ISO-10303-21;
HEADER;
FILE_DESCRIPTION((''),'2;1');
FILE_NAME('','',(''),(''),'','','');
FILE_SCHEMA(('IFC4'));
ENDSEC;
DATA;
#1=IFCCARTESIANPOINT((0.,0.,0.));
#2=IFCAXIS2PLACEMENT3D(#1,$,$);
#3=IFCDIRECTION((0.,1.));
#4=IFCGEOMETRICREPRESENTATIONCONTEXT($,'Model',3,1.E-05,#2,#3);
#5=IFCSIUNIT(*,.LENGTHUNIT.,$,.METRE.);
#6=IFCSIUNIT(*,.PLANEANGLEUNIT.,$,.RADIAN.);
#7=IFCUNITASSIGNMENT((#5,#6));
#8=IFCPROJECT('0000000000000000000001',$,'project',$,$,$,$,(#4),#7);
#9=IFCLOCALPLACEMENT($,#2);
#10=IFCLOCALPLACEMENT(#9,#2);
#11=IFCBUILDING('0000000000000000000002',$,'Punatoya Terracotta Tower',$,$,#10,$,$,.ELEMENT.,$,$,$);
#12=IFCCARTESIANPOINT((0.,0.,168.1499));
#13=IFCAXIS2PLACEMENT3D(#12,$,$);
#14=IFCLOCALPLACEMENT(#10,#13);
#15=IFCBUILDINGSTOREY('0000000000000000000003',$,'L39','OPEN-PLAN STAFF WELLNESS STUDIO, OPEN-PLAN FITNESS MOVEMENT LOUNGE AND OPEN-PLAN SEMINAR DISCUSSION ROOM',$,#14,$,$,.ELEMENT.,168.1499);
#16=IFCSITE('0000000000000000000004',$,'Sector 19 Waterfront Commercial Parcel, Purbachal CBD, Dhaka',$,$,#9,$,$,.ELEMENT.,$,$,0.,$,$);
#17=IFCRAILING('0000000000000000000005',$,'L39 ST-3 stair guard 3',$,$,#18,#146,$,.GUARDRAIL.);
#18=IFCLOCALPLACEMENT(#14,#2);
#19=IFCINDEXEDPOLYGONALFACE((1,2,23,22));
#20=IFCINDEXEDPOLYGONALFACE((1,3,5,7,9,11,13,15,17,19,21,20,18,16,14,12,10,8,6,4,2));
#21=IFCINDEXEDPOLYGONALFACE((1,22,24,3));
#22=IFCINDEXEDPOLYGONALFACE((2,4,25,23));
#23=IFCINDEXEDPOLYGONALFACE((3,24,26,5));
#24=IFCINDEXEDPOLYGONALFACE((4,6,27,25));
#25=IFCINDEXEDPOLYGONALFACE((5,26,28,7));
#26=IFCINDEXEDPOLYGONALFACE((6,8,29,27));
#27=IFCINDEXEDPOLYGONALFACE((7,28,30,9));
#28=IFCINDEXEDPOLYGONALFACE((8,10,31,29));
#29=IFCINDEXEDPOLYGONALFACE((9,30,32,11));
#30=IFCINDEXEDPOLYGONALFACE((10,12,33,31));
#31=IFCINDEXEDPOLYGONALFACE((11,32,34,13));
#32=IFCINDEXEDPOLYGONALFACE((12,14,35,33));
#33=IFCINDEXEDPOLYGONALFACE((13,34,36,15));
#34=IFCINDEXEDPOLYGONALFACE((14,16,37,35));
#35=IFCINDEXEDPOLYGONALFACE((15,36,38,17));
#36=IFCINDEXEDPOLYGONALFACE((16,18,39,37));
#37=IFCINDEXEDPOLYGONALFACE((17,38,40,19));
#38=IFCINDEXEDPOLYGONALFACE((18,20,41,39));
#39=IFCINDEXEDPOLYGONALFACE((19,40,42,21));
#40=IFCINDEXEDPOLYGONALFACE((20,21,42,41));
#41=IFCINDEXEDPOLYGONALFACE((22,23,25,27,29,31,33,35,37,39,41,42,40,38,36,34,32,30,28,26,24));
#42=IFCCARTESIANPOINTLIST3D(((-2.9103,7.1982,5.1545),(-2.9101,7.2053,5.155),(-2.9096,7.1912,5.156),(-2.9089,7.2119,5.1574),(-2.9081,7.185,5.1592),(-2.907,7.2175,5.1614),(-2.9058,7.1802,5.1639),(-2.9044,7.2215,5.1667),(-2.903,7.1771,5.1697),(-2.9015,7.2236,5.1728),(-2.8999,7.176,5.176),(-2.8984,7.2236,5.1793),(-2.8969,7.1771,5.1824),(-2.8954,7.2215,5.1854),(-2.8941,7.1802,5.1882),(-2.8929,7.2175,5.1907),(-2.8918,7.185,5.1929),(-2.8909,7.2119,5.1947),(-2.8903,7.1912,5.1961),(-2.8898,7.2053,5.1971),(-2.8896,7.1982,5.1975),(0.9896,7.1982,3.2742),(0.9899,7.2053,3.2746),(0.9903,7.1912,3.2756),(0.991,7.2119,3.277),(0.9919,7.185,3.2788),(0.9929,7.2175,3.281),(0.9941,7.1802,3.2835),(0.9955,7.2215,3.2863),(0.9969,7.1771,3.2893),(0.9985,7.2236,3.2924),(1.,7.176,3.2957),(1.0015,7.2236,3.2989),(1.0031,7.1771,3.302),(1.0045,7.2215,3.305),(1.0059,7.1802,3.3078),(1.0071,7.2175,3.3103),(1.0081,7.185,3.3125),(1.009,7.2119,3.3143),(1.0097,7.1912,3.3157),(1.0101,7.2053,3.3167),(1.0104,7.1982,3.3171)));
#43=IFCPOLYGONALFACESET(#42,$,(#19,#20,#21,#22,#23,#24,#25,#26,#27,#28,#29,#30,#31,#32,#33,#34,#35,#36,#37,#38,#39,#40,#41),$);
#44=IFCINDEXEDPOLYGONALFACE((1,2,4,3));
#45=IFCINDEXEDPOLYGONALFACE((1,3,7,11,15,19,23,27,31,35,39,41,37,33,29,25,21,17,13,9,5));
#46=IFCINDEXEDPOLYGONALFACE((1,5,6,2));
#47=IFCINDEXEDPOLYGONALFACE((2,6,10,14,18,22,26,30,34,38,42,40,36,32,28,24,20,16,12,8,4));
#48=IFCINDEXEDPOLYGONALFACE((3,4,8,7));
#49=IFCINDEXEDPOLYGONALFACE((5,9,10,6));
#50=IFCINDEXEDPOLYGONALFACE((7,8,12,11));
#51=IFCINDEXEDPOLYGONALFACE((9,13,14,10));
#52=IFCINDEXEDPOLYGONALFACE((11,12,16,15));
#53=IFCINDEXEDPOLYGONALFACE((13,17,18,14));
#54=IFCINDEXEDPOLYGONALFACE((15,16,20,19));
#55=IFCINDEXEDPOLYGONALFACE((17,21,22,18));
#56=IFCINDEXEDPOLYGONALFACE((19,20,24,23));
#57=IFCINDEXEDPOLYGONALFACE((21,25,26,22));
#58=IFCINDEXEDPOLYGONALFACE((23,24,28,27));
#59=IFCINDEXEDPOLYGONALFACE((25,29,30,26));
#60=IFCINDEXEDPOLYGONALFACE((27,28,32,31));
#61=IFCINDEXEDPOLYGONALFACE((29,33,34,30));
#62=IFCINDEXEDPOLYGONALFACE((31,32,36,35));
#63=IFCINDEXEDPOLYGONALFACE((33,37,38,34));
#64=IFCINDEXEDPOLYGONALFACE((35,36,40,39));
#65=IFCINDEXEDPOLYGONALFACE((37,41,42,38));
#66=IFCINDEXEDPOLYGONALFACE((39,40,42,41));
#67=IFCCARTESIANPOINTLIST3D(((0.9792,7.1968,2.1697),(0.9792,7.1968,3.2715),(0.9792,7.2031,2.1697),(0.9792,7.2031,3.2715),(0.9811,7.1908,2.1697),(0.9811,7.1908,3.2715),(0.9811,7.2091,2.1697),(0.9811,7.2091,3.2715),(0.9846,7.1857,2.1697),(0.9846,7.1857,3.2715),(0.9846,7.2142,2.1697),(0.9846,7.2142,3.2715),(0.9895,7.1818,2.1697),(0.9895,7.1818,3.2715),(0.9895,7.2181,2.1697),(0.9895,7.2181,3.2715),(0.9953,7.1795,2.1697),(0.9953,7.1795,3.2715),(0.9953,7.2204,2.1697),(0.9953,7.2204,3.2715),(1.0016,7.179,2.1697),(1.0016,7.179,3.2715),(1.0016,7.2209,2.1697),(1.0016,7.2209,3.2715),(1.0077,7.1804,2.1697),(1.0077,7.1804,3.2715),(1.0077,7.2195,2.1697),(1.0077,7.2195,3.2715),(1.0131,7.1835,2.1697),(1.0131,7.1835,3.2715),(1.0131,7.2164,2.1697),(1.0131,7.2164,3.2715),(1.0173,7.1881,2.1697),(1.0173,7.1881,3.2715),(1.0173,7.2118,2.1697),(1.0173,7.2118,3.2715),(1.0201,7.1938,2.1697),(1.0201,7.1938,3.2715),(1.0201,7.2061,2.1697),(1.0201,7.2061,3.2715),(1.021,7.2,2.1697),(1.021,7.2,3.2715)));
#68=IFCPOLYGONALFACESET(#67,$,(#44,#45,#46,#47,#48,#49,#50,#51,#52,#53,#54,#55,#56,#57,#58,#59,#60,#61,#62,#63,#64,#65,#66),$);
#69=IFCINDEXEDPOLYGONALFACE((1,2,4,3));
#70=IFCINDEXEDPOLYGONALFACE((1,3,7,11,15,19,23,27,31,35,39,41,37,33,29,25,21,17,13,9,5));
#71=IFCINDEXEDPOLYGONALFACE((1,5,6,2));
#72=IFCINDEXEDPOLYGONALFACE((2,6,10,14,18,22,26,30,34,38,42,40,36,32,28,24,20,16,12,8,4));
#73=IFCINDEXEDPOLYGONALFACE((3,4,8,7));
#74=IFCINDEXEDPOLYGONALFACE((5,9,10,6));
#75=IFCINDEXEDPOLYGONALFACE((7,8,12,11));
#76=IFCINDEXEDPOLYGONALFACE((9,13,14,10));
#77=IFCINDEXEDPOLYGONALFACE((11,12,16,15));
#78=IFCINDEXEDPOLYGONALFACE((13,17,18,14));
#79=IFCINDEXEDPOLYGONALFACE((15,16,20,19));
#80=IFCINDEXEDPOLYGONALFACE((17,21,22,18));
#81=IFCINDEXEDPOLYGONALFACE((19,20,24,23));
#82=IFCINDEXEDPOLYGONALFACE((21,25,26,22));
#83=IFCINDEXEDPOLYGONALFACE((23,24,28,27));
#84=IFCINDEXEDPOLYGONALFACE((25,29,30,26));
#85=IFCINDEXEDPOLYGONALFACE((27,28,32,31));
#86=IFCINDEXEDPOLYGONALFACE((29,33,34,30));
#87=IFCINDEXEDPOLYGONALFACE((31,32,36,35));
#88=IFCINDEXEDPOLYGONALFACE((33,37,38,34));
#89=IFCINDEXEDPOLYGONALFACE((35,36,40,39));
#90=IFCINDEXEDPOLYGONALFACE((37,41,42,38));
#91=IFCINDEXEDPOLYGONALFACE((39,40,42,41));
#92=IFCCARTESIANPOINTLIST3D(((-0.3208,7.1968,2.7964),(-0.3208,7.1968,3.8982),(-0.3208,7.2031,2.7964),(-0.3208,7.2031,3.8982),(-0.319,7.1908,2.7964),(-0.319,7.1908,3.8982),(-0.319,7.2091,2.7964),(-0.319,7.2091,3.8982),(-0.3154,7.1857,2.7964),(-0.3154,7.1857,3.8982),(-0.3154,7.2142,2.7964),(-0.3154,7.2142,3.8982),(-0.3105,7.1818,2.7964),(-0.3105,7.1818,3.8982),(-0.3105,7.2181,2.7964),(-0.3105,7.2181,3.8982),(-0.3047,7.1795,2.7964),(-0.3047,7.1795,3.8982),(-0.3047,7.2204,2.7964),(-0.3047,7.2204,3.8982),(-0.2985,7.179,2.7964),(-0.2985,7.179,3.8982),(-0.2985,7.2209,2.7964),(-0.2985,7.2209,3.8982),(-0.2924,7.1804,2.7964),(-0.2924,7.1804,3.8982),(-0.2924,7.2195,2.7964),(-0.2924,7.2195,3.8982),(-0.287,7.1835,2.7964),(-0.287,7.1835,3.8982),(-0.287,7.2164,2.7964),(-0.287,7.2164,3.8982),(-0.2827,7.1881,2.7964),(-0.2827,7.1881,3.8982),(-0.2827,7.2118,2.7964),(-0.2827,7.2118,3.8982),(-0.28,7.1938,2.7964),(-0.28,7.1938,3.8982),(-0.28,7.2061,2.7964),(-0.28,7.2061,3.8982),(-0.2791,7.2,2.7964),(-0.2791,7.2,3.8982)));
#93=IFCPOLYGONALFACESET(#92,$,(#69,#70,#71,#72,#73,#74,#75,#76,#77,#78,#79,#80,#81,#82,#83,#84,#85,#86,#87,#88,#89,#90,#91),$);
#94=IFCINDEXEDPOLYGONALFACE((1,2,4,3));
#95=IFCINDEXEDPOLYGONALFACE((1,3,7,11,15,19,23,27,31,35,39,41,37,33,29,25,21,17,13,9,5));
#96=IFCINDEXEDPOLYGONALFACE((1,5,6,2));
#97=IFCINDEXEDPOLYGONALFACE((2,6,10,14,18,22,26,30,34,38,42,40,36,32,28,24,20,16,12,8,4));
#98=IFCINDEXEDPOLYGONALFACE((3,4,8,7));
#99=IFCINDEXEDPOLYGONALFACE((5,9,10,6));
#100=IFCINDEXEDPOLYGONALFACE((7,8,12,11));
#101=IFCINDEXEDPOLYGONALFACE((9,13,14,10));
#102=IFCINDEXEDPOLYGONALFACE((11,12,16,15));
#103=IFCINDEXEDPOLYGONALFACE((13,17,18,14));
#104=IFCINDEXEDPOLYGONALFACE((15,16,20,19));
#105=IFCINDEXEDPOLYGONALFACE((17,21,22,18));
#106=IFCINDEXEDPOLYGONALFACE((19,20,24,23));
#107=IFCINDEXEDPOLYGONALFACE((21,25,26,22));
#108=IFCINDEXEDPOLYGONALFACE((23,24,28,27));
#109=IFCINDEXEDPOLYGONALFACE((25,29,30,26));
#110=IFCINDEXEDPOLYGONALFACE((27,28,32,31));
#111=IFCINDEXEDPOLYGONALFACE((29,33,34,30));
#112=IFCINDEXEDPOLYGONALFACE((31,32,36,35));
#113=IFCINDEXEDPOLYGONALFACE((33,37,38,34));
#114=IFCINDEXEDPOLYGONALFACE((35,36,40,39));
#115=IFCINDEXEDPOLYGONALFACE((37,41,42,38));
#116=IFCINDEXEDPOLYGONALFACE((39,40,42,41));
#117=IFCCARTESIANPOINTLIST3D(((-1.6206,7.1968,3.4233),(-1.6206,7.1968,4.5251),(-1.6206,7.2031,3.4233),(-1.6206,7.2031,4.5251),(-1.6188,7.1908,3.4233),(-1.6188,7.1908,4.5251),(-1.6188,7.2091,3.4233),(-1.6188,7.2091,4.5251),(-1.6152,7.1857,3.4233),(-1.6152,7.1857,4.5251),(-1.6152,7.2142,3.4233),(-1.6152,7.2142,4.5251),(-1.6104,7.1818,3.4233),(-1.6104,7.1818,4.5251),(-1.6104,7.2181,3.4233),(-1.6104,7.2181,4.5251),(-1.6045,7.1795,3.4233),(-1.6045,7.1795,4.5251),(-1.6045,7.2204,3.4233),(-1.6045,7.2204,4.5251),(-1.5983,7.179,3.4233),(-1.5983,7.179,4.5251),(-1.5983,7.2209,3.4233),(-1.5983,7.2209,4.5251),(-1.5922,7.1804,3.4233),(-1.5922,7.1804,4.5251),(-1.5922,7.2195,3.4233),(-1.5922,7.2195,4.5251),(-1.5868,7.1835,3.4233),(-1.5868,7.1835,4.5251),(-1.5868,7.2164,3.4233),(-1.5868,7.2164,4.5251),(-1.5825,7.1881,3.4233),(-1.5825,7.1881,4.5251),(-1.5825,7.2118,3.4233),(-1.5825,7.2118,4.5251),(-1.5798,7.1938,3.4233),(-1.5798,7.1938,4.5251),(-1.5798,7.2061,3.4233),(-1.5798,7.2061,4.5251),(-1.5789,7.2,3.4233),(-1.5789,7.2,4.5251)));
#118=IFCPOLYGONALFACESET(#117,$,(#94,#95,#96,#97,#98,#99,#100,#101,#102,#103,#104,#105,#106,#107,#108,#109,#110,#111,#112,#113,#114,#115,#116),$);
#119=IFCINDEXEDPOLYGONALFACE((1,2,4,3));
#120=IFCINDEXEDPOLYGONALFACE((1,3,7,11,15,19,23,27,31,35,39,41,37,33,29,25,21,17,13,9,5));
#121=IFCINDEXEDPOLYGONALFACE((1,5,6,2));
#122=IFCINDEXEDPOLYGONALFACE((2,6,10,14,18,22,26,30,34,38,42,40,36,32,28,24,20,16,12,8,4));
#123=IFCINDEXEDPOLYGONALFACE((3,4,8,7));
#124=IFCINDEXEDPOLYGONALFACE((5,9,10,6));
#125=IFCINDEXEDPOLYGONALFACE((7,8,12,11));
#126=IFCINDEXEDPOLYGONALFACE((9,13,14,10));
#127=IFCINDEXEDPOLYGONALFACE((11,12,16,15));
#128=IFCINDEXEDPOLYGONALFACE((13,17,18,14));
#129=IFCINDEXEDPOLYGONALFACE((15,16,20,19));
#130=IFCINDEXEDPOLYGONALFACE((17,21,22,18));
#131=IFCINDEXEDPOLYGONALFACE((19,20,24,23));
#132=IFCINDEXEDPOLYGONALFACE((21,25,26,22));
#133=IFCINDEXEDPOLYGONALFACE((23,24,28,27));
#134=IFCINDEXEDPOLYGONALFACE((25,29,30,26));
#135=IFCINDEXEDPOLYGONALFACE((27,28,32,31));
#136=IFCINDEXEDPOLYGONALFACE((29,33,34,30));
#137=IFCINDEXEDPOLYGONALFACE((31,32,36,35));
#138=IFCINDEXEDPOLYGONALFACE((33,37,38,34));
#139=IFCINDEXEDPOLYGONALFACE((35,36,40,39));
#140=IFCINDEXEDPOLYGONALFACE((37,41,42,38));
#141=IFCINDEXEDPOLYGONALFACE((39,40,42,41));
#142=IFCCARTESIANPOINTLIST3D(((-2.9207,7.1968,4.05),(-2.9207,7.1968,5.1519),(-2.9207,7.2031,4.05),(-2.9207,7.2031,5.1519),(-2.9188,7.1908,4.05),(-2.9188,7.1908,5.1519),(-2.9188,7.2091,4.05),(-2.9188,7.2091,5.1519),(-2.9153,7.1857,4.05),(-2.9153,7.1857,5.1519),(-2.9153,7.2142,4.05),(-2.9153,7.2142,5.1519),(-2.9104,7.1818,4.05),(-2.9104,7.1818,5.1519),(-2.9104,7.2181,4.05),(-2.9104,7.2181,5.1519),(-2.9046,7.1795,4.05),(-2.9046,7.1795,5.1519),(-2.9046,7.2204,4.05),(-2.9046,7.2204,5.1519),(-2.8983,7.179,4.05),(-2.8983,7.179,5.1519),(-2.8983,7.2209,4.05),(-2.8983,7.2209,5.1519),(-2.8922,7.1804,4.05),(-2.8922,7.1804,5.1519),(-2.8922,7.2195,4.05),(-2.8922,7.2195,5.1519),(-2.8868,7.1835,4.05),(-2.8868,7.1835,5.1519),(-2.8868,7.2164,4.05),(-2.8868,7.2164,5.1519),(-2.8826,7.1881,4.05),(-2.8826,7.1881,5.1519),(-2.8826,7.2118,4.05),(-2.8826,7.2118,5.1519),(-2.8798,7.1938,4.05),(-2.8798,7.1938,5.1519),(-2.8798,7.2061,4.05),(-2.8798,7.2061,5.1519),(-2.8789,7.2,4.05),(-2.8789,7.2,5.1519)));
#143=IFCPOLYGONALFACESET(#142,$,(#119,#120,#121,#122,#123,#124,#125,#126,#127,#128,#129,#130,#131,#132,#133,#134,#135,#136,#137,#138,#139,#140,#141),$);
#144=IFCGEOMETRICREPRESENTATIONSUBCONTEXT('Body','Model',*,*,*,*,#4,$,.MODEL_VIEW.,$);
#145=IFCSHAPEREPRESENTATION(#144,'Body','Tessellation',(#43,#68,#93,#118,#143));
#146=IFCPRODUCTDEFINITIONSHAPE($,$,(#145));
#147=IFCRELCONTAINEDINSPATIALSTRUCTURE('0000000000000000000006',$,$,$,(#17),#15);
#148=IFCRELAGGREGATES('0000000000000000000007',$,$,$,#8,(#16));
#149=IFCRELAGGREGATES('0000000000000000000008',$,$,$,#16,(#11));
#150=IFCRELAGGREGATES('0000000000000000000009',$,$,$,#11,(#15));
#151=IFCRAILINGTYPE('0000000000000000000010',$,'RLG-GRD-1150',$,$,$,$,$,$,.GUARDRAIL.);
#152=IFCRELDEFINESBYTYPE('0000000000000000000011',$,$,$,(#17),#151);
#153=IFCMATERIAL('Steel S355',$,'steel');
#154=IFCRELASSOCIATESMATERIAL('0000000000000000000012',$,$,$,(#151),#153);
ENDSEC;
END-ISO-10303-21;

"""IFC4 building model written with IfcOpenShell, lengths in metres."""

from ifc_helpers import new_model, si_unit, direction, frame, origin, origin_2d, place, context, subcontext, project, spatial, circle, extrude, material, type_object, element, save


model = new_model("IFC4")

# Units and contexts
model_context = context("Model", 3, precision=1e-05, world=origin(), true_north=direction((0.0, 1.0)))
body_context = subcontext(model_context, "Body", "Model", "MODEL_VIEW")
ifc_project = project(units=[si_unit("LENGTHUNIT", "METRE"), si_unit("PLANEANGLEUNIT", "RADIAN")], contexts=[model_context])

# Site, building, storey
site_placement = place(None, origin())
site = spatial("IfcSite", under=ifc_project, at=site_placement, Name="Sector 19 Waterfront Commercial Parcel, Purbachal CBD, Dhaka", CompositionType="ELEMENT", RefElevation=0.0)
building_placement = place(site_placement, origin())
building = spatial("IfcBuilding", under=site, at=building_placement, Name="Punatoya Terracotta Tower", CompositionType="ELEMENT")
storey_placement = place(building_placement, frame((0.0, 0.0, 168.1499)))
storey = spatial("IfcBuildingStorey", under=building, at=storey_placement, Name="L39", Description="OPEN-PLAN STAFF WELLNESS STUDIO, OPEN-PLAN FITNESS MOVEMENT LOUNGE AND OPEN-PLAN SEMINAR DISCUSSION ROOM", CompositionType="ELEMENT", Elevation=168.1499)

# Shared definitions
ifc_material_1 = material(Name="Steel S355", Category="steel")

# Railing
railing_type_1 = type_object("IfcRailingType", Name="RLG-GRD-1150", PredefinedType="GUARDRAIL", material=ifc_material_1)
railing_1_placement = place(storey_placement, frame((1.0, 7.2, 2.1697)))
element("IfcRailing", 1, at=railing_1_placement, inside=storey, type_object=railing_type_1, Name="L39 ST-3 stair guard 3", PredefinedType="GUARDRAIL", context=body_context, shape_type="SweptSolid", body=[
    extrude(circle(Radius=0.0239, at=origin_2d()), frame((0.0, 0.0, 1.126), z_axis=(-0.900763, 0.0, 0.434311), x_axis=(0.0, -1.0, 0.0)), (0.0, 0.0, 1.0), 4.3296),
    extrude(circle(Radius=0.021, at=origin_2d()), origin(), (0.0, 0.0, 1.0), 1.1018),
    extrude(circle(Radius=0.021, at=origin_2d()), frame((-1.3, 0.0, 0.6267)), (0.0, 0.0, 1.0), 1.1018),
    extrude(circle(Radius=0.021, at=origin_2d()), frame((-2.5999, 0.0, 1.2537)), (0.0, 0.0, 1.0), 1.1018),
    extrude(circle(Radius=0.021, at=origin_2d()), frame((-3.8999, 0.0, 1.8804)), (0.0, 0.0, 1.0), 1.1018),
])

save(model, "model.ifc")
